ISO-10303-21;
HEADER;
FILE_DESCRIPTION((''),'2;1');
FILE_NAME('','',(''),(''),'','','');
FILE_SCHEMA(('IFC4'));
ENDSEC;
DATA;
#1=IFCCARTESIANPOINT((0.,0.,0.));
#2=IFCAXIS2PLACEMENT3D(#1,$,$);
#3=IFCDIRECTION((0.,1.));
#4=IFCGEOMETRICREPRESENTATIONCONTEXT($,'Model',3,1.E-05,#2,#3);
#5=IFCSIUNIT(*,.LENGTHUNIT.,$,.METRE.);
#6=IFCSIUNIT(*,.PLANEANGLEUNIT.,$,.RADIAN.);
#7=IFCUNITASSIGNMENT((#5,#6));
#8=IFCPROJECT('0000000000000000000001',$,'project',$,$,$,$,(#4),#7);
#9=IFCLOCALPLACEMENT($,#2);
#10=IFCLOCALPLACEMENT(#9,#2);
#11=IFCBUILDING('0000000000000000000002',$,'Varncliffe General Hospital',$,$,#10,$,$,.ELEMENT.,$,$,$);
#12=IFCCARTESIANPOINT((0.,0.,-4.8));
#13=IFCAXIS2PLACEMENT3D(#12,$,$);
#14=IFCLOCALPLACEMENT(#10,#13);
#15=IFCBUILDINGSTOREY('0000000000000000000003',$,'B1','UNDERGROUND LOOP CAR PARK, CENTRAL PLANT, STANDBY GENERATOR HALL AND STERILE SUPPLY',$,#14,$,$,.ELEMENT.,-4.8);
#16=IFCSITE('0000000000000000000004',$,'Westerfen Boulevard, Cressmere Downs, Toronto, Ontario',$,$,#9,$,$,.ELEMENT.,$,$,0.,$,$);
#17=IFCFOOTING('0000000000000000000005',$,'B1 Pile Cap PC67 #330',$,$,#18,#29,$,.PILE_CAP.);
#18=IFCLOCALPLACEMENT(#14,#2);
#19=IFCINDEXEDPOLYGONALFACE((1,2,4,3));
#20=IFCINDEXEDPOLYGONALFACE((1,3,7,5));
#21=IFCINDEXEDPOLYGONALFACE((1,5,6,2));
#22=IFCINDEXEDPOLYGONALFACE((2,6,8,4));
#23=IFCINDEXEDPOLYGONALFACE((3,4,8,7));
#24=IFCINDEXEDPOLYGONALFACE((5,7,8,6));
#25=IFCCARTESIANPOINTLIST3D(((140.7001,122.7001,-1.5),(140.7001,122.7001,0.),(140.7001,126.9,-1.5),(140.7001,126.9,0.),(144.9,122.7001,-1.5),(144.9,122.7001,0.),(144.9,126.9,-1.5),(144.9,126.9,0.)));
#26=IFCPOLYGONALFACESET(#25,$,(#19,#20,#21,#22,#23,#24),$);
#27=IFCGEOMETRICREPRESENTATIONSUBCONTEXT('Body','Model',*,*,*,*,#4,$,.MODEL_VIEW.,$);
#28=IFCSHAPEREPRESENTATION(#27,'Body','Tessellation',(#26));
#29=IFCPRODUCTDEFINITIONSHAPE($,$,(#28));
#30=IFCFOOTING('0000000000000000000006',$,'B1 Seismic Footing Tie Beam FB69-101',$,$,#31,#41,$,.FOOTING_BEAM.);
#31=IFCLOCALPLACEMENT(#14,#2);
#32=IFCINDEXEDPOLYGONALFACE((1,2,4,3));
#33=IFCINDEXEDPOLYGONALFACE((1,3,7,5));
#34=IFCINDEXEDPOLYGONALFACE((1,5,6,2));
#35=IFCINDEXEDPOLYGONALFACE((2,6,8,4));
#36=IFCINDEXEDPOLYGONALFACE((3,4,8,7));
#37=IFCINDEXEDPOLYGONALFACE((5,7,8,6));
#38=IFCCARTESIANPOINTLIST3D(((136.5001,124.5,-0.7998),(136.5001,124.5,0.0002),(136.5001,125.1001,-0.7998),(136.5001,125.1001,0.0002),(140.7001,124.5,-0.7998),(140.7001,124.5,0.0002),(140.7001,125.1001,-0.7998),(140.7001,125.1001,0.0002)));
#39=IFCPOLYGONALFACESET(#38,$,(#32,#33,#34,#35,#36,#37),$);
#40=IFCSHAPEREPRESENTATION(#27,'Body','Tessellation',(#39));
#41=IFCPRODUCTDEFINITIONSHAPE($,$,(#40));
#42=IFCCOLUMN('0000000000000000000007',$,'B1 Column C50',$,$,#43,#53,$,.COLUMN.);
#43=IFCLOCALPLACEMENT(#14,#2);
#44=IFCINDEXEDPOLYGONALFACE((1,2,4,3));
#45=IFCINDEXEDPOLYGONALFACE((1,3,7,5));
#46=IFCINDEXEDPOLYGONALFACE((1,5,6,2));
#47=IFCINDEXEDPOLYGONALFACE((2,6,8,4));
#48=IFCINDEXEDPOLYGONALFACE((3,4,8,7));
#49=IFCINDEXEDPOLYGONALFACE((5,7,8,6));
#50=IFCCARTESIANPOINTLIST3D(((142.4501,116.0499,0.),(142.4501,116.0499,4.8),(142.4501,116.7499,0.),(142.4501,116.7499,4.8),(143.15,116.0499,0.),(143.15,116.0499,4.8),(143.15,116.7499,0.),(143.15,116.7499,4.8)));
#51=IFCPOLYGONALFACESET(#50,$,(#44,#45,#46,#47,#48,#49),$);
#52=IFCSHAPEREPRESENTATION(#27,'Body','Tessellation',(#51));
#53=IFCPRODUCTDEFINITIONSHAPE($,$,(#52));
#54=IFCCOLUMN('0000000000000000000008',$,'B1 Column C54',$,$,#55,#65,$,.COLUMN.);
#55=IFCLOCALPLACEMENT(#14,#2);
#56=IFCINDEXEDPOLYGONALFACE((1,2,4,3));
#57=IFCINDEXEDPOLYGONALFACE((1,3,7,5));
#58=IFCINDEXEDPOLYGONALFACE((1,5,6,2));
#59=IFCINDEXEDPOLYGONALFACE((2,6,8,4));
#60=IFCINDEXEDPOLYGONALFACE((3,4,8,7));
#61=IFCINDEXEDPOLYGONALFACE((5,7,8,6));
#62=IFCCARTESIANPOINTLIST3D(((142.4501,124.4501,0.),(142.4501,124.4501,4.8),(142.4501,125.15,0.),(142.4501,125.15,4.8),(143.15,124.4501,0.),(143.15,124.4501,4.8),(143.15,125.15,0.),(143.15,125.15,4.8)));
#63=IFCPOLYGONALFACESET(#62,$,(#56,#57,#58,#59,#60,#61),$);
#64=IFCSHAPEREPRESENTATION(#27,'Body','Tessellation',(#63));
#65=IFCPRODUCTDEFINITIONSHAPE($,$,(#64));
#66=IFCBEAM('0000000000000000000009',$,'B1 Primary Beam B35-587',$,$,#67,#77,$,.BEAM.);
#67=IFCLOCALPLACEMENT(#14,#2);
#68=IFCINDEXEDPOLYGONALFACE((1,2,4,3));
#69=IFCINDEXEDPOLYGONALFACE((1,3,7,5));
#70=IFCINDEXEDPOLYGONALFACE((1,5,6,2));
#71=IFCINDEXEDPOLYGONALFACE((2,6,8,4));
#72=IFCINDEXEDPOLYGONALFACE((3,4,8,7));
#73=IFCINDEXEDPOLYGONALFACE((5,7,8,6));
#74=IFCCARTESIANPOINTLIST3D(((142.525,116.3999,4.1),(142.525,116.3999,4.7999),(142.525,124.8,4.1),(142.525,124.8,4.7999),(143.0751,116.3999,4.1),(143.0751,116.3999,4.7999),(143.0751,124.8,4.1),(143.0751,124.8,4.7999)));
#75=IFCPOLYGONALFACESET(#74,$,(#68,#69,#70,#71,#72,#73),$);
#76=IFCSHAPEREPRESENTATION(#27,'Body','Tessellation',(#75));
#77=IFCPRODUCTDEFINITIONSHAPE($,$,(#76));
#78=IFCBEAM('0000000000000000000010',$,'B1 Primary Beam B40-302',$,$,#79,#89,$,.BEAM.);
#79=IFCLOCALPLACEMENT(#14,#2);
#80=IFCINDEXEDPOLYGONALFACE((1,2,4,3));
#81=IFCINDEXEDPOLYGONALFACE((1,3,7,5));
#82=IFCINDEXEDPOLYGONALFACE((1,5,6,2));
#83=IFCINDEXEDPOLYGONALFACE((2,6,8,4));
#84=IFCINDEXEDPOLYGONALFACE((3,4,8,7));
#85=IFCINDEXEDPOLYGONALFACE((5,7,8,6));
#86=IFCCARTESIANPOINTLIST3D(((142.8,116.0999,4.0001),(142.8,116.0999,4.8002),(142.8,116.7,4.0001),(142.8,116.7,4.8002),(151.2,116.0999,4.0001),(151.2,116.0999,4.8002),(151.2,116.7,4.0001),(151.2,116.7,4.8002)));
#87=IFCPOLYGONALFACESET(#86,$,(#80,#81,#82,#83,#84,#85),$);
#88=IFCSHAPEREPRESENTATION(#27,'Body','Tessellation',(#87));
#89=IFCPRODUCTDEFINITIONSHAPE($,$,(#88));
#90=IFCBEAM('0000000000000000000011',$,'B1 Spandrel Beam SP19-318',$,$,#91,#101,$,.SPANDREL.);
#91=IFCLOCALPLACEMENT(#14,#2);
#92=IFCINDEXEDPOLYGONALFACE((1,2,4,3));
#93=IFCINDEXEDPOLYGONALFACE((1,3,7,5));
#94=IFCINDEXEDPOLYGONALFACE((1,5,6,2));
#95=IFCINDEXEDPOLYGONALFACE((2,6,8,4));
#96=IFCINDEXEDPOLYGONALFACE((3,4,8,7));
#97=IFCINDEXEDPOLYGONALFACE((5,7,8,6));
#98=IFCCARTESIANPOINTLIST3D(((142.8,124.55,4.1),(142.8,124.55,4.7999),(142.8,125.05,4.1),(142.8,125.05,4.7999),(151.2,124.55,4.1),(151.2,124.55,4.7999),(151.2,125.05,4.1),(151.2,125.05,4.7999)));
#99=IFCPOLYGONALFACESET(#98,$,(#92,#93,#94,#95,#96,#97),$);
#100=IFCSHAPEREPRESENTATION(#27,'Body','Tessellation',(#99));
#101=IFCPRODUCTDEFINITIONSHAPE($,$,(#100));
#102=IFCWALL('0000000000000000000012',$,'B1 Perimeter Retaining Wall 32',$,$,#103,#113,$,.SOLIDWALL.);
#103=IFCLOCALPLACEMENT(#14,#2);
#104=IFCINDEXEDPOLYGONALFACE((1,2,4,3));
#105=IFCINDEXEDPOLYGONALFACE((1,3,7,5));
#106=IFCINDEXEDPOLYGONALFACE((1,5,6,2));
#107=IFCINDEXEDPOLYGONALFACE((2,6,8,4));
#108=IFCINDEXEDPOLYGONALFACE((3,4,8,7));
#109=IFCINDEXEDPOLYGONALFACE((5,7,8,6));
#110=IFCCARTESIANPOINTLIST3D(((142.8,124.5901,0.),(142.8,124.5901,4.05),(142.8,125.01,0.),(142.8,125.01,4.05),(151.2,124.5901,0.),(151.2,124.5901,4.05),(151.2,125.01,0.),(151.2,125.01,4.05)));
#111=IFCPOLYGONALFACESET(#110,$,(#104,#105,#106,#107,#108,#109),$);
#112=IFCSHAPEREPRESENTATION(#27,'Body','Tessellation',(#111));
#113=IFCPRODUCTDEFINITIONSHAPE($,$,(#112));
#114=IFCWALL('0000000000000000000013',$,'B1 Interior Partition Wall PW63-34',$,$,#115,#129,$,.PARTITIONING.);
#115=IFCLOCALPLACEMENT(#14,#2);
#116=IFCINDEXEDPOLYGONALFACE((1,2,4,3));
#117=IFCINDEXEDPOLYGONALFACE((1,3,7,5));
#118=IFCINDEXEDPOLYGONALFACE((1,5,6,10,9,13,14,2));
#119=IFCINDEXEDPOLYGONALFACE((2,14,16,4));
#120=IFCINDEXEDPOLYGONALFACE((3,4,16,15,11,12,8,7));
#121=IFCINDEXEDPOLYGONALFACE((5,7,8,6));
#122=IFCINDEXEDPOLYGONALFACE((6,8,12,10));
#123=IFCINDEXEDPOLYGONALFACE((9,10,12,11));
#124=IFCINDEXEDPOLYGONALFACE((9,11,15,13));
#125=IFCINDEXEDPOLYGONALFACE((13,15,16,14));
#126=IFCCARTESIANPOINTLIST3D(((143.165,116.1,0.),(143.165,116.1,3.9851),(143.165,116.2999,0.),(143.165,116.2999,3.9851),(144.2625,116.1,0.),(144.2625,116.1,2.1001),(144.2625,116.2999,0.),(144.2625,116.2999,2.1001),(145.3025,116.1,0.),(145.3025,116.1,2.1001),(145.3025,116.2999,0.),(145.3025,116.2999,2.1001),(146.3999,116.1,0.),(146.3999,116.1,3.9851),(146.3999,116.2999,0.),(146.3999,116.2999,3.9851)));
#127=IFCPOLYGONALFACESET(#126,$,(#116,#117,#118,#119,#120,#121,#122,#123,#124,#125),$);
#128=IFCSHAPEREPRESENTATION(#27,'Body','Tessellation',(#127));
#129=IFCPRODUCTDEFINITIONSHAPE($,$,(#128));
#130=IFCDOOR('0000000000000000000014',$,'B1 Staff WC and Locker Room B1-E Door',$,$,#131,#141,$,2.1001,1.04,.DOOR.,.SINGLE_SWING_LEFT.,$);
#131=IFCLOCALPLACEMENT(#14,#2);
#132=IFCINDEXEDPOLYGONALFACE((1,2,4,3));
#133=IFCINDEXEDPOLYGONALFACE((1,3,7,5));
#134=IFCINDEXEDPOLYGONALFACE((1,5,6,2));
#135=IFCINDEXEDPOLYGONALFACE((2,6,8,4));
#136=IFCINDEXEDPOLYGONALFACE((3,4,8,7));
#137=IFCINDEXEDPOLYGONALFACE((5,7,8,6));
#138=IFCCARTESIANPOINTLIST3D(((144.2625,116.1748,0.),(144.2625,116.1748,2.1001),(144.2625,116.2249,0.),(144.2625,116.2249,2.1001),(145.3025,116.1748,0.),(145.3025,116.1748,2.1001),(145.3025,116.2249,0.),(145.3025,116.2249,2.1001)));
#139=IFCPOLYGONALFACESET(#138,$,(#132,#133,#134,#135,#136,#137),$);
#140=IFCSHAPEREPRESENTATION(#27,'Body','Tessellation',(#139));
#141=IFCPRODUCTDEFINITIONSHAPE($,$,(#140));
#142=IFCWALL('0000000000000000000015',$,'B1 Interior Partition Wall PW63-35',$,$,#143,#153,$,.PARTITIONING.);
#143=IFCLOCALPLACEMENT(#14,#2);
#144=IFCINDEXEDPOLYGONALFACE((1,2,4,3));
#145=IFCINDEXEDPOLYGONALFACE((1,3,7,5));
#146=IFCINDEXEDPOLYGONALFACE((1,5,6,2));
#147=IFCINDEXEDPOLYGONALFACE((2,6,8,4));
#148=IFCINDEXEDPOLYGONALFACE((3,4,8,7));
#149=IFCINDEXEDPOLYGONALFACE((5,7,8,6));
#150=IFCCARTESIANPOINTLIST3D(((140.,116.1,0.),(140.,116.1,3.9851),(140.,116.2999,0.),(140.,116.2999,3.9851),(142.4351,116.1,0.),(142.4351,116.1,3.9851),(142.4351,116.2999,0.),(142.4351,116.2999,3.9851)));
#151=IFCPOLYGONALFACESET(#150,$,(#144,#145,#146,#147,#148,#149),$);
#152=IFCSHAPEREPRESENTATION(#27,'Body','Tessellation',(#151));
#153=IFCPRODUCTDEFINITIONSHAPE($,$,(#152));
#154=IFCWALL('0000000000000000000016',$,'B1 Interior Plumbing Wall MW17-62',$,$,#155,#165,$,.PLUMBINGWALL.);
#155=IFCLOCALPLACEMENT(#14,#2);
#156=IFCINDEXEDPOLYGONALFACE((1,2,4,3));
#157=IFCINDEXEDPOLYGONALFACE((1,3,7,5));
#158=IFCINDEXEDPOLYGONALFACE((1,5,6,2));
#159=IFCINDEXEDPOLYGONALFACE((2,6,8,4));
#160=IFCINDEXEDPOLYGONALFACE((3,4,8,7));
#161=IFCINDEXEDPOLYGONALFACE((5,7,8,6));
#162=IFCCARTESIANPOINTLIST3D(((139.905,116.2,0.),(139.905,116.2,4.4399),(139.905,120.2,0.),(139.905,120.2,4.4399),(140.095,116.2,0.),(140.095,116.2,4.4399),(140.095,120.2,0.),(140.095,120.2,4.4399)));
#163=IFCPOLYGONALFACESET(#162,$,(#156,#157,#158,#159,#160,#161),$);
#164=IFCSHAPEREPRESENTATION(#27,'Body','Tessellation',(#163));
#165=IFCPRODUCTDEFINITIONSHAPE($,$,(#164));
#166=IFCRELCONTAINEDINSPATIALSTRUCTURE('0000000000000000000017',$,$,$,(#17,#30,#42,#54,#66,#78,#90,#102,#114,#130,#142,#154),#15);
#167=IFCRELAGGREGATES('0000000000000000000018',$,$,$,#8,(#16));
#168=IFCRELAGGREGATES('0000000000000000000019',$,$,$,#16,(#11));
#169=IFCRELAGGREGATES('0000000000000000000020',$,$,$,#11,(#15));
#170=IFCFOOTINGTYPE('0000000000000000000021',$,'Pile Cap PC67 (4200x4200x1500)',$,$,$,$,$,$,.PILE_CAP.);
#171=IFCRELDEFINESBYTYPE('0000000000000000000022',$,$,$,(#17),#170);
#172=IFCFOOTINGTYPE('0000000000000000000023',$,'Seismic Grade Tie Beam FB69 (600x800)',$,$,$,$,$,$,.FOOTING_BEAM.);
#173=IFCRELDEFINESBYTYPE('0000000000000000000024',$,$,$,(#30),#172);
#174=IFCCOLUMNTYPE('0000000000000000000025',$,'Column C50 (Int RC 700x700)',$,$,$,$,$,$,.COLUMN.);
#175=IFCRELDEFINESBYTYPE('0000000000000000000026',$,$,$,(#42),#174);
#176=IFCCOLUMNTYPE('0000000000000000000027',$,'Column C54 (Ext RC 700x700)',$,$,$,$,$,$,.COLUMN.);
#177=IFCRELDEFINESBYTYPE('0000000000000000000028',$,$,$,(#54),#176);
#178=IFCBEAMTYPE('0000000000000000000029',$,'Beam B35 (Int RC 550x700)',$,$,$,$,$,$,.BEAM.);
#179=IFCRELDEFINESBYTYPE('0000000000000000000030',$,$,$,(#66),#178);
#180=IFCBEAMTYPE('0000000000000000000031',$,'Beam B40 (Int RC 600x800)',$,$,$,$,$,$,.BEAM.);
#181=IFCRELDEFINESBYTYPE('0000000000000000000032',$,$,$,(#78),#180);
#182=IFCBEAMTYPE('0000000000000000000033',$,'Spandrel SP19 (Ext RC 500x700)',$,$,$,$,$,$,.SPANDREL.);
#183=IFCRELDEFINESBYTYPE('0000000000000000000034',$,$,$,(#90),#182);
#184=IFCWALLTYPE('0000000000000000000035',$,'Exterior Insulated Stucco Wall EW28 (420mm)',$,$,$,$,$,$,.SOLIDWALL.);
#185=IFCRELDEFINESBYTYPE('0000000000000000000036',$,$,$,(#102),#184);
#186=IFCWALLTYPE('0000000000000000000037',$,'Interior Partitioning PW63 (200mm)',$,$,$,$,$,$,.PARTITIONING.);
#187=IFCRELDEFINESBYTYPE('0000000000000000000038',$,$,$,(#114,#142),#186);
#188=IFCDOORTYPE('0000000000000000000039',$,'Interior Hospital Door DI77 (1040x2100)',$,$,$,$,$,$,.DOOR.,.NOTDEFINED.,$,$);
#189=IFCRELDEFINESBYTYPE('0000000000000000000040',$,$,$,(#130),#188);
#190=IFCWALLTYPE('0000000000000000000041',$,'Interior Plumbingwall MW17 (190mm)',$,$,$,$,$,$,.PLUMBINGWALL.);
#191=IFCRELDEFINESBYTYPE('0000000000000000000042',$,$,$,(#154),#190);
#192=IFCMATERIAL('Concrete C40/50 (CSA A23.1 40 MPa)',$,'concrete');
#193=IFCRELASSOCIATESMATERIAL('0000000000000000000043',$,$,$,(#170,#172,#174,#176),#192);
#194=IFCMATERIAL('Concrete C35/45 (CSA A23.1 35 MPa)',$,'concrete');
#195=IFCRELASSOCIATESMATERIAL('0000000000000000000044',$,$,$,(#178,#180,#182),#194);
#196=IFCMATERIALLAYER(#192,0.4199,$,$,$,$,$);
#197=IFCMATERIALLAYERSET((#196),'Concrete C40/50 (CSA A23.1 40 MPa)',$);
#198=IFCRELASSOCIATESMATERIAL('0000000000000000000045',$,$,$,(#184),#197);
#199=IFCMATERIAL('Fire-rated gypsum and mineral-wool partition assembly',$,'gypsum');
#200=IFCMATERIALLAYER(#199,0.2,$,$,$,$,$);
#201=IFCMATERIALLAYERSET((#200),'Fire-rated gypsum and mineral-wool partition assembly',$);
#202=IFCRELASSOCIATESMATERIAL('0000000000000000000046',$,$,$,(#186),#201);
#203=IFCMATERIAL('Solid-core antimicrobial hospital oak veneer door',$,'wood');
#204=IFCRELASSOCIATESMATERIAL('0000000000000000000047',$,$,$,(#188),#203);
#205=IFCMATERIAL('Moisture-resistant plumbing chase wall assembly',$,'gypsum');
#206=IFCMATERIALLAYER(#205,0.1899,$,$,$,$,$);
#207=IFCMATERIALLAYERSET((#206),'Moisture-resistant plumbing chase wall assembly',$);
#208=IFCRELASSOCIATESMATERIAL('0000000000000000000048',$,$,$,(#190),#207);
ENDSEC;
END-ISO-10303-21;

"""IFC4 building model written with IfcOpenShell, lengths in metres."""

from ifc_helpers import new_model, si_unit, direction, frame, frame_2d, origin, origin_2d, place, context, subcontext, project, spatial, rectangle, extrude, material, layer, layer_set, material_profile, profile_set, type_object, element, fill, save


model = new_model("IFC4")

# Units and contexts
model_context = context("Model", 3, precision=1e-05, world=origin(), true_north=direction((0.0, 1.0)))
body_context = subcontext(model_context, "Body", "Model", "MODEL_VIEW")
ifc_project = project(units=[si_unit("LENGTHUNIT", "METRE"), si_unit("PLANEANGLEUNIT", "RADIAN")], contexts=[model_context])

# Site, building, storey
site_placement = place(None, origin())
site = spatial("IfcSite", under=ifc_project, at=site_placement, Name="Westerfen Boulevard, Cressmere Downs, Toronto, Ontario", CompositionType="ELEMENT", RefElevation=0.0)
building_placement = place(site_placement, origin())
building = spatial("IfcBuilding", under=site, at=building_placement, Name="Varncliffe General Hospital", CompositionType="ELEMENT")
storey_placement = place(building_placement, frame((0.0, 0.0, -4.8)))
storey = spatial("IfcBuildingStorey", under=building, at=storey_placement, Name="B1", Description="UNDERGROUND LOOP CAR PARK, CENTRAL PLANT, STANDBY GENERATOR HALL AND STERILE SUPPLY", CompositionType="ELEMENT", Elevation=-4.8)

# Shared definitions
ifc_material_1 = material(Name="Concrete C40/50 (CSA A23.1 40 MPa)", Category="concrete")

# Footings
footing_type_1 = type_object("IfcFootingType", Name="Pile Cap PC67 (4200x4200x1500)", PredefinedType="PILE_CAP", material=ifc_material_1)
for number, where, z_axis, x_axis, name in (
    (1, (142.8, 124.8, -1.5), (0.0, 0.0, 1.0), (1.0, 0.0, 0.0), "B1 Pile Cap PC67 #330"),
):
    element("IfcFooting", number, at=place(storey_placement, frame(where, z_axis=z_axis, x_axis=x_axis)), inside=storey, type_object=footing_type_1, Name=name, PredefinedType="PILE_CAP", context=body_context, shape_type="SweptSolid", body=[
        extrude(rectangle(XDim=4.2, YDim=4.2, at=origin_2d()), origin(), (0.0, 0.0, 1.0), 1.5),
    ])
footing_type_2 = type_object("IfcFootingType", Name="Seismic Grade Tie Beam FB69 (600x800)", PredefinedType="FOOTING_BEAM", material=ifc_material_1)
footing_placement = place(storey_placement, frame((138.6001, 124.8, -0.7998), z_axis=(0.0, 0.0, 1.0), x_axis=(1.0, 0.0, 0.0)))
element("IfcFooting", 2, at=footing_placement, inside=storey, type_object=footing_type_2, Name="B1 Seismic Footing Tie Beam FB69-101", PredefinedType="FOOTING_BEAM", context=body_context, shape_type="SweptSolid", body=[
    extrude(rectangle(XDim=4.2, YDim=0.6001, at=origin_2d()), origin(), (0.0, 0.0, 1.0), 0.8),
])

# Columns
ifc_material_profile_1 = material_profile(ifc_material_1, rectangle(XDim=0.7, YDim=0.7, at=origin_2d()), Name="RC 700x700")
ifc_profile_set_1 = profile_set([ifc_material_profile_1], Name="Concrete C40/50 (CSA A23.1 40 MPa)")
column_type_1 = type_object("IfcColumnType", Name="Column C50 (Int RC 700x700)", PredefinedType="COLUMN", material=ifc_profile_set_1)
column_1_placement = place(storey_placement, frame((142.8, 116.3999, 0.0), z_axis=(0.0, 0.0, 1.0), x_axis=(1.0, 0.0, 0.0)))
element("IfcColumn", 3, at=column_1_placement, inside=storey, type_object=column_type_1, Name="B1 Column C50", PredefinedType="COLUMN", context=body_context, shape_type="SweptSolid", body=[
    extrude(rectangle(XDim=0.7, YDim=0.7, at=origin_2d()), origin(), (0.0, 0.0, 1.0), 4.8),
])
ifc_material_profile_2 = material_profile(ifc_material_1, rectangle(XDim=0.7, YDim=0.7, at=origin_2d()), Name="RC 700x700")
ifc_profile_set_2 = profile_set([ifc_material_profile_2], Name="Concrete C40/50 (CSA A23.1 40 MPa)")
column_type_2 = type_object("IfcColumnType", Name="Column C54 (Ext RC 700x700)", PredefinedType="COLUMN", material=ifc_profile_set_2)
column_2_placement = place(storey_placement, frame((142.8, 124.8, 0.0), z_axis=(0.0, 0.0, 1.0), x_axis=(1.0, 0.0, 0.0)))
element("IfcColumn", 4, at=column_2_placement, inside=storey, type_object=column_type_2, Name="B1 Column C54", PredefinedType="COLUMN", context=body_context, shape_type="SweptSolid", body=[
    extrude(rectangle(XDim=0.7, YDim=0.7, at=origin_2d()), origin(), (0.0, 0.0, 1.0), 4.8),
])

# Beams
ifc_material_2 = material(Name="Concrete C35/45 (CSA A23.1 35 MPa)", Category="concrete")
ifc_material_profile_3 = material_profile(ifc_material_2, rectangle(XDim=0.55, YDim=0.7, at=origin_2d()), Name="RC 550x700")
ifc_profile_set_3 = profile_set([ifc_material_profile_3], Name="Concrete C35/45 (CSA A23.1 35 MPa)")
beam_type_1 = type_object("IfcBeamType", Name="Beam B35 (Int RC 550x700)", PredefinedType="BEAM", material=ifc_profile_set_3)
beam_1_placement = place(storey_placement, frame((142.8, 116.3999, 4.45), z_axis=(0.0, 1.0, 0.0), x_axis=(-1.0, 0.0, 0.0)))
element("IfcBeam", 5, at=beam_1_placement, inside=storey, type_object=beam_type_1, Name="B1 Primary Beam B35-587", PredefinedType="BEAM", context=body_context, shape_type="SweptSolid", body=[
    extrude(rectangle(XDim=0.55, YDim=0.7, at=origin_2d()), origin(), (0.0, 0.0, 1.0), 8.4001),
])
ifc_material_profile_4 = material_profile(ifc_material_2, rectangle(XDim=0.6001, YDim=0.8, at=origin_2d()), Name="RC 600x800")
ifc_profile_set_4 = profile_set([ifc_material_profile_4], Name="Concrete C35/45 (CSA A23.1 35 MPa)")
beam_type_2 = type_object("IfcBeamType", Name="Beam B40 (Int RC 600x800)", PredefinedType="BEAM", material=ifc_profile_set_4)
beam_2_placement = place(storey_placement, frame((142.8, 116.3999, 4.4001), z_axis=(1.0, 0.0, 0.0), x_axis=(0.0, 1.0, 0.0)))
element("IfcBeam", 6, at=beam_2_placement, inside=storey, type_object=beam_type_2, Name="B1 Primary Beam B40-302", PredefinedType="BEAM", context=body_context, shape_type="SweptSolid", body=[
    extrude(rectangle(XDim=0.6001, YDim=0.8, at=origin_2d()), origin(), (0.0, 0.0, 1.0), 8.3999),
])
ifc_material_profile_5 = material_profile(ifc_material_2, rectangle(XDim=0.5, YDim=0.7, at=origin_2d()), Name="RC 500x700")
ifc_profile_set_5 = profile_set([ifc_material_profile_5], Name="Concrete C35/45 (CSA A23.1 35 MPa)")
beam_type_3 = type_object("IfcBeamType", Name="Spandrel SP19 (Ext RC 500x700)", PredefinedType="SPANDREL", material=ifc_profile_set_5)
beam_3_placement = place(storey_placement, frame((142.8, 124.8, 4.45), z_axis=(1.0, 0.0, 0.0), x_axis=(0.0, 1.0, 0.0)))
element("IfcBeam", 7, at=beam_3_placement, inside=storey, type_object=beam_type_3, Name="B1 Spandrel Beam SP19-318", PredefinedType="SPANDREL", context=body_context, shape_type="SweptSolid", body=[
    extrude(rectangle(XDim=0.5, YDim=0.7, at=origin_2d()), origin(), (0.0, 0.0, 1.0), 8.3999),
])

# Wall
ifc_layer_1 = layer(ifc_material_1, 0.4199)
ifc_layer_set_1 = layer_set([ifc_layer_1], Name="Concrete C40/50 (CSA A23.1 40 MPa)")
wall_type_1 = type_object("IfcWallType", Name="Exterior Insulated Stucco Wall EW28 (420mm)", PredefinedType="SOLIDWALL", material=ifc_layer_set_1)
wall_1_placement = place(storey_placement, frame((142.8, 124.8, 0.0), z_axis=(0.0, 0.0, 1.0), x_axis=(1.0, 0.0, 0.0)))
element("IfcWall", 8, at=wall_1_placement, inside=storey, type_object=wall_type_1, Name="B1 Perimeter Retaining Wall 32", PredefinedType="SOLIDWALL", context=body_context, shape_type="SweptSolid", body=[
    extrude(rectangle(XDim=8.3999, YDim=0.4199, at=frame_2d((4.2, 0.0))), origin(), (0.0, 0.0, 1.0), 4.05),
])

# Wall, opening, door
ifc_material_3 = material(Name="Fire-rated gypsum and mineral-wool partition assembly", Category="gypsum")
ifc_layer_2 = layer(ifc_material_3, 0.2)
ifc_layer_set_2 = layer_set([ifc_layer_2], Name="Fire-rated gypsum and mineral-wool partition assembly")
wall_type_2 = type_object("IfcWallType", Name="Interior Partitioning PW63 (200mm)", PredefinedType="PARTITIONING", material=ifc_layer_set_2)
wall_2_placement = place(storey_placement, frame((143.165, 116.2, 0.0), z_axis=(0.0, 0.0, 1.0), x_axis=(1.0, 0.0, 0.0)))
wall_2 = element("IfcWall", 9, at=wall_2_placement, inside=storey, type_object=wall_type_2, Name="B1 Interior Partition Wall PW63-34", PredefinedType="PARTITIONING", context=body_context, shape_type="SweptSolid", body=[
    extrude(rectangle(XDim=3.2349, YDim=0.2, at=frame_2d((1.6174, 0.0))), origin(), (0.0, 0.0, 1.0), 3.9851),
])
opening_1_placement = place(wall_2_placement, frame((1.0974, 0.0, 0.0)))
opening_1 = element("IfcOpeningElement", 10, at=opening_1_placement, cuts=wall_2, PredefinedType="OPENING", context=body_context, shape_type="SweptSolid", body=[
    extrude(rectangle(XDim=1.04, YDim=2.1001, at=frame_2d((0.52, 1.05))), frame((0.0, 0.1099, 0.0), z_axis=(0.0, -1.0, 0.0), x_axis=(1.0, 0.0, 0.0)), (0.0, 0.0, 1.0), 0.22),
])
ifc_material_4 = material(Name="Solid-core antimicrobial hospital oak veneer door", Category="wood")
door_type_1 = type_object("IfcDoorType", Name="Interior Hospital Door DI77 (1040x2100)", OperationType="NOTDEFINED", PredefinedType="DOOR", material=ifc_material_4)
door_1_placement = place(opening_1_placement, origin())
door_1 = element("IfcDoor", 11, at=door_1_placement, inside=storey, type_object=door_type_1, Name="B1 Staff WC and Locker Room B1-E Door", OperationType="SINGLE_SWING_LEFT", OverallHeight=2.1001, OverallWidth=1.04, PredefinedType="DOOR", context=body_context, shape_type="SweptSolid", body=[
    extrude(rectangle(XDim=1.04, YDim=2.1001, at=frame_2d((0.52, 1.05))), frame((0.0, 0.0249, 0.0), z_axis=(0.0, -1.0, 0.0), x_axis=(1.0, 0.0, 0.0)), (0.0, 0.0, 1.0), 0.05),
])
fill(opening_1, door_1)

# Walls
wall_3_placement = place(storey_placement, frame((140.0, 116.2, 0.0), z_axis=(0.0, 0.0, 1.0), x_axis=(1.0, 0.0, 0.0)))
element("IfcWall", 12, at=wall_3_placement, inside=storey, type_object=wall_type_2, Name="B1 Interior Partition Wall PW63-35", PredefinedType="PARTITIONING", context=body_context, shape_type="SweptSolid", body=[
    extrude(rectangle(XDim=2.4351, YDim=0.2, at=frame_2d((1.2175, 0.0))), origin(), (0.0, 0.0, 1.0), 3.9851),
])
ifc_material_5 = material(Name="Moisture-resistant plumbing chase wall assembly", Category="gypsum")
ifc_layer_3 = layer(ifc_material_5, 0.1899)
ifc_layer_set_3 = layer_set([ifc_layer_3], Name="Moisture-resistant plumbing chase wall assembly")
wall_type_3 = type_object("IfcWallType", Name="Interior Plumbingwall MW17 (190mm)", PredefinedType="PLUMBINGWALL", material=ifc_layer_set_3)
wall_4_placement = place(storey_placement, frame((140.0, 116.2, 0.0), z_axis=(0.0, 0.0, 1.0), x_axis=(0.0, 1.0, 0.0)))
element("IfcWall", 13, at=wall_4_placement, inside=storey, type_object=wall_type_3, Name="B1 Interior Plumbing Wall MW17-62", PredefinedType="PLUMBINGWALL", context=body_context, shape_type="SweptSolid", body=[
    extrude(rectangle(XDim=4.0, YDim=0.1899, at=frame_2d((2.0, 0.0))), origin(), (0.0, 0.0, 1.0), 4.4399),
])

save(model, "model.ifc")
